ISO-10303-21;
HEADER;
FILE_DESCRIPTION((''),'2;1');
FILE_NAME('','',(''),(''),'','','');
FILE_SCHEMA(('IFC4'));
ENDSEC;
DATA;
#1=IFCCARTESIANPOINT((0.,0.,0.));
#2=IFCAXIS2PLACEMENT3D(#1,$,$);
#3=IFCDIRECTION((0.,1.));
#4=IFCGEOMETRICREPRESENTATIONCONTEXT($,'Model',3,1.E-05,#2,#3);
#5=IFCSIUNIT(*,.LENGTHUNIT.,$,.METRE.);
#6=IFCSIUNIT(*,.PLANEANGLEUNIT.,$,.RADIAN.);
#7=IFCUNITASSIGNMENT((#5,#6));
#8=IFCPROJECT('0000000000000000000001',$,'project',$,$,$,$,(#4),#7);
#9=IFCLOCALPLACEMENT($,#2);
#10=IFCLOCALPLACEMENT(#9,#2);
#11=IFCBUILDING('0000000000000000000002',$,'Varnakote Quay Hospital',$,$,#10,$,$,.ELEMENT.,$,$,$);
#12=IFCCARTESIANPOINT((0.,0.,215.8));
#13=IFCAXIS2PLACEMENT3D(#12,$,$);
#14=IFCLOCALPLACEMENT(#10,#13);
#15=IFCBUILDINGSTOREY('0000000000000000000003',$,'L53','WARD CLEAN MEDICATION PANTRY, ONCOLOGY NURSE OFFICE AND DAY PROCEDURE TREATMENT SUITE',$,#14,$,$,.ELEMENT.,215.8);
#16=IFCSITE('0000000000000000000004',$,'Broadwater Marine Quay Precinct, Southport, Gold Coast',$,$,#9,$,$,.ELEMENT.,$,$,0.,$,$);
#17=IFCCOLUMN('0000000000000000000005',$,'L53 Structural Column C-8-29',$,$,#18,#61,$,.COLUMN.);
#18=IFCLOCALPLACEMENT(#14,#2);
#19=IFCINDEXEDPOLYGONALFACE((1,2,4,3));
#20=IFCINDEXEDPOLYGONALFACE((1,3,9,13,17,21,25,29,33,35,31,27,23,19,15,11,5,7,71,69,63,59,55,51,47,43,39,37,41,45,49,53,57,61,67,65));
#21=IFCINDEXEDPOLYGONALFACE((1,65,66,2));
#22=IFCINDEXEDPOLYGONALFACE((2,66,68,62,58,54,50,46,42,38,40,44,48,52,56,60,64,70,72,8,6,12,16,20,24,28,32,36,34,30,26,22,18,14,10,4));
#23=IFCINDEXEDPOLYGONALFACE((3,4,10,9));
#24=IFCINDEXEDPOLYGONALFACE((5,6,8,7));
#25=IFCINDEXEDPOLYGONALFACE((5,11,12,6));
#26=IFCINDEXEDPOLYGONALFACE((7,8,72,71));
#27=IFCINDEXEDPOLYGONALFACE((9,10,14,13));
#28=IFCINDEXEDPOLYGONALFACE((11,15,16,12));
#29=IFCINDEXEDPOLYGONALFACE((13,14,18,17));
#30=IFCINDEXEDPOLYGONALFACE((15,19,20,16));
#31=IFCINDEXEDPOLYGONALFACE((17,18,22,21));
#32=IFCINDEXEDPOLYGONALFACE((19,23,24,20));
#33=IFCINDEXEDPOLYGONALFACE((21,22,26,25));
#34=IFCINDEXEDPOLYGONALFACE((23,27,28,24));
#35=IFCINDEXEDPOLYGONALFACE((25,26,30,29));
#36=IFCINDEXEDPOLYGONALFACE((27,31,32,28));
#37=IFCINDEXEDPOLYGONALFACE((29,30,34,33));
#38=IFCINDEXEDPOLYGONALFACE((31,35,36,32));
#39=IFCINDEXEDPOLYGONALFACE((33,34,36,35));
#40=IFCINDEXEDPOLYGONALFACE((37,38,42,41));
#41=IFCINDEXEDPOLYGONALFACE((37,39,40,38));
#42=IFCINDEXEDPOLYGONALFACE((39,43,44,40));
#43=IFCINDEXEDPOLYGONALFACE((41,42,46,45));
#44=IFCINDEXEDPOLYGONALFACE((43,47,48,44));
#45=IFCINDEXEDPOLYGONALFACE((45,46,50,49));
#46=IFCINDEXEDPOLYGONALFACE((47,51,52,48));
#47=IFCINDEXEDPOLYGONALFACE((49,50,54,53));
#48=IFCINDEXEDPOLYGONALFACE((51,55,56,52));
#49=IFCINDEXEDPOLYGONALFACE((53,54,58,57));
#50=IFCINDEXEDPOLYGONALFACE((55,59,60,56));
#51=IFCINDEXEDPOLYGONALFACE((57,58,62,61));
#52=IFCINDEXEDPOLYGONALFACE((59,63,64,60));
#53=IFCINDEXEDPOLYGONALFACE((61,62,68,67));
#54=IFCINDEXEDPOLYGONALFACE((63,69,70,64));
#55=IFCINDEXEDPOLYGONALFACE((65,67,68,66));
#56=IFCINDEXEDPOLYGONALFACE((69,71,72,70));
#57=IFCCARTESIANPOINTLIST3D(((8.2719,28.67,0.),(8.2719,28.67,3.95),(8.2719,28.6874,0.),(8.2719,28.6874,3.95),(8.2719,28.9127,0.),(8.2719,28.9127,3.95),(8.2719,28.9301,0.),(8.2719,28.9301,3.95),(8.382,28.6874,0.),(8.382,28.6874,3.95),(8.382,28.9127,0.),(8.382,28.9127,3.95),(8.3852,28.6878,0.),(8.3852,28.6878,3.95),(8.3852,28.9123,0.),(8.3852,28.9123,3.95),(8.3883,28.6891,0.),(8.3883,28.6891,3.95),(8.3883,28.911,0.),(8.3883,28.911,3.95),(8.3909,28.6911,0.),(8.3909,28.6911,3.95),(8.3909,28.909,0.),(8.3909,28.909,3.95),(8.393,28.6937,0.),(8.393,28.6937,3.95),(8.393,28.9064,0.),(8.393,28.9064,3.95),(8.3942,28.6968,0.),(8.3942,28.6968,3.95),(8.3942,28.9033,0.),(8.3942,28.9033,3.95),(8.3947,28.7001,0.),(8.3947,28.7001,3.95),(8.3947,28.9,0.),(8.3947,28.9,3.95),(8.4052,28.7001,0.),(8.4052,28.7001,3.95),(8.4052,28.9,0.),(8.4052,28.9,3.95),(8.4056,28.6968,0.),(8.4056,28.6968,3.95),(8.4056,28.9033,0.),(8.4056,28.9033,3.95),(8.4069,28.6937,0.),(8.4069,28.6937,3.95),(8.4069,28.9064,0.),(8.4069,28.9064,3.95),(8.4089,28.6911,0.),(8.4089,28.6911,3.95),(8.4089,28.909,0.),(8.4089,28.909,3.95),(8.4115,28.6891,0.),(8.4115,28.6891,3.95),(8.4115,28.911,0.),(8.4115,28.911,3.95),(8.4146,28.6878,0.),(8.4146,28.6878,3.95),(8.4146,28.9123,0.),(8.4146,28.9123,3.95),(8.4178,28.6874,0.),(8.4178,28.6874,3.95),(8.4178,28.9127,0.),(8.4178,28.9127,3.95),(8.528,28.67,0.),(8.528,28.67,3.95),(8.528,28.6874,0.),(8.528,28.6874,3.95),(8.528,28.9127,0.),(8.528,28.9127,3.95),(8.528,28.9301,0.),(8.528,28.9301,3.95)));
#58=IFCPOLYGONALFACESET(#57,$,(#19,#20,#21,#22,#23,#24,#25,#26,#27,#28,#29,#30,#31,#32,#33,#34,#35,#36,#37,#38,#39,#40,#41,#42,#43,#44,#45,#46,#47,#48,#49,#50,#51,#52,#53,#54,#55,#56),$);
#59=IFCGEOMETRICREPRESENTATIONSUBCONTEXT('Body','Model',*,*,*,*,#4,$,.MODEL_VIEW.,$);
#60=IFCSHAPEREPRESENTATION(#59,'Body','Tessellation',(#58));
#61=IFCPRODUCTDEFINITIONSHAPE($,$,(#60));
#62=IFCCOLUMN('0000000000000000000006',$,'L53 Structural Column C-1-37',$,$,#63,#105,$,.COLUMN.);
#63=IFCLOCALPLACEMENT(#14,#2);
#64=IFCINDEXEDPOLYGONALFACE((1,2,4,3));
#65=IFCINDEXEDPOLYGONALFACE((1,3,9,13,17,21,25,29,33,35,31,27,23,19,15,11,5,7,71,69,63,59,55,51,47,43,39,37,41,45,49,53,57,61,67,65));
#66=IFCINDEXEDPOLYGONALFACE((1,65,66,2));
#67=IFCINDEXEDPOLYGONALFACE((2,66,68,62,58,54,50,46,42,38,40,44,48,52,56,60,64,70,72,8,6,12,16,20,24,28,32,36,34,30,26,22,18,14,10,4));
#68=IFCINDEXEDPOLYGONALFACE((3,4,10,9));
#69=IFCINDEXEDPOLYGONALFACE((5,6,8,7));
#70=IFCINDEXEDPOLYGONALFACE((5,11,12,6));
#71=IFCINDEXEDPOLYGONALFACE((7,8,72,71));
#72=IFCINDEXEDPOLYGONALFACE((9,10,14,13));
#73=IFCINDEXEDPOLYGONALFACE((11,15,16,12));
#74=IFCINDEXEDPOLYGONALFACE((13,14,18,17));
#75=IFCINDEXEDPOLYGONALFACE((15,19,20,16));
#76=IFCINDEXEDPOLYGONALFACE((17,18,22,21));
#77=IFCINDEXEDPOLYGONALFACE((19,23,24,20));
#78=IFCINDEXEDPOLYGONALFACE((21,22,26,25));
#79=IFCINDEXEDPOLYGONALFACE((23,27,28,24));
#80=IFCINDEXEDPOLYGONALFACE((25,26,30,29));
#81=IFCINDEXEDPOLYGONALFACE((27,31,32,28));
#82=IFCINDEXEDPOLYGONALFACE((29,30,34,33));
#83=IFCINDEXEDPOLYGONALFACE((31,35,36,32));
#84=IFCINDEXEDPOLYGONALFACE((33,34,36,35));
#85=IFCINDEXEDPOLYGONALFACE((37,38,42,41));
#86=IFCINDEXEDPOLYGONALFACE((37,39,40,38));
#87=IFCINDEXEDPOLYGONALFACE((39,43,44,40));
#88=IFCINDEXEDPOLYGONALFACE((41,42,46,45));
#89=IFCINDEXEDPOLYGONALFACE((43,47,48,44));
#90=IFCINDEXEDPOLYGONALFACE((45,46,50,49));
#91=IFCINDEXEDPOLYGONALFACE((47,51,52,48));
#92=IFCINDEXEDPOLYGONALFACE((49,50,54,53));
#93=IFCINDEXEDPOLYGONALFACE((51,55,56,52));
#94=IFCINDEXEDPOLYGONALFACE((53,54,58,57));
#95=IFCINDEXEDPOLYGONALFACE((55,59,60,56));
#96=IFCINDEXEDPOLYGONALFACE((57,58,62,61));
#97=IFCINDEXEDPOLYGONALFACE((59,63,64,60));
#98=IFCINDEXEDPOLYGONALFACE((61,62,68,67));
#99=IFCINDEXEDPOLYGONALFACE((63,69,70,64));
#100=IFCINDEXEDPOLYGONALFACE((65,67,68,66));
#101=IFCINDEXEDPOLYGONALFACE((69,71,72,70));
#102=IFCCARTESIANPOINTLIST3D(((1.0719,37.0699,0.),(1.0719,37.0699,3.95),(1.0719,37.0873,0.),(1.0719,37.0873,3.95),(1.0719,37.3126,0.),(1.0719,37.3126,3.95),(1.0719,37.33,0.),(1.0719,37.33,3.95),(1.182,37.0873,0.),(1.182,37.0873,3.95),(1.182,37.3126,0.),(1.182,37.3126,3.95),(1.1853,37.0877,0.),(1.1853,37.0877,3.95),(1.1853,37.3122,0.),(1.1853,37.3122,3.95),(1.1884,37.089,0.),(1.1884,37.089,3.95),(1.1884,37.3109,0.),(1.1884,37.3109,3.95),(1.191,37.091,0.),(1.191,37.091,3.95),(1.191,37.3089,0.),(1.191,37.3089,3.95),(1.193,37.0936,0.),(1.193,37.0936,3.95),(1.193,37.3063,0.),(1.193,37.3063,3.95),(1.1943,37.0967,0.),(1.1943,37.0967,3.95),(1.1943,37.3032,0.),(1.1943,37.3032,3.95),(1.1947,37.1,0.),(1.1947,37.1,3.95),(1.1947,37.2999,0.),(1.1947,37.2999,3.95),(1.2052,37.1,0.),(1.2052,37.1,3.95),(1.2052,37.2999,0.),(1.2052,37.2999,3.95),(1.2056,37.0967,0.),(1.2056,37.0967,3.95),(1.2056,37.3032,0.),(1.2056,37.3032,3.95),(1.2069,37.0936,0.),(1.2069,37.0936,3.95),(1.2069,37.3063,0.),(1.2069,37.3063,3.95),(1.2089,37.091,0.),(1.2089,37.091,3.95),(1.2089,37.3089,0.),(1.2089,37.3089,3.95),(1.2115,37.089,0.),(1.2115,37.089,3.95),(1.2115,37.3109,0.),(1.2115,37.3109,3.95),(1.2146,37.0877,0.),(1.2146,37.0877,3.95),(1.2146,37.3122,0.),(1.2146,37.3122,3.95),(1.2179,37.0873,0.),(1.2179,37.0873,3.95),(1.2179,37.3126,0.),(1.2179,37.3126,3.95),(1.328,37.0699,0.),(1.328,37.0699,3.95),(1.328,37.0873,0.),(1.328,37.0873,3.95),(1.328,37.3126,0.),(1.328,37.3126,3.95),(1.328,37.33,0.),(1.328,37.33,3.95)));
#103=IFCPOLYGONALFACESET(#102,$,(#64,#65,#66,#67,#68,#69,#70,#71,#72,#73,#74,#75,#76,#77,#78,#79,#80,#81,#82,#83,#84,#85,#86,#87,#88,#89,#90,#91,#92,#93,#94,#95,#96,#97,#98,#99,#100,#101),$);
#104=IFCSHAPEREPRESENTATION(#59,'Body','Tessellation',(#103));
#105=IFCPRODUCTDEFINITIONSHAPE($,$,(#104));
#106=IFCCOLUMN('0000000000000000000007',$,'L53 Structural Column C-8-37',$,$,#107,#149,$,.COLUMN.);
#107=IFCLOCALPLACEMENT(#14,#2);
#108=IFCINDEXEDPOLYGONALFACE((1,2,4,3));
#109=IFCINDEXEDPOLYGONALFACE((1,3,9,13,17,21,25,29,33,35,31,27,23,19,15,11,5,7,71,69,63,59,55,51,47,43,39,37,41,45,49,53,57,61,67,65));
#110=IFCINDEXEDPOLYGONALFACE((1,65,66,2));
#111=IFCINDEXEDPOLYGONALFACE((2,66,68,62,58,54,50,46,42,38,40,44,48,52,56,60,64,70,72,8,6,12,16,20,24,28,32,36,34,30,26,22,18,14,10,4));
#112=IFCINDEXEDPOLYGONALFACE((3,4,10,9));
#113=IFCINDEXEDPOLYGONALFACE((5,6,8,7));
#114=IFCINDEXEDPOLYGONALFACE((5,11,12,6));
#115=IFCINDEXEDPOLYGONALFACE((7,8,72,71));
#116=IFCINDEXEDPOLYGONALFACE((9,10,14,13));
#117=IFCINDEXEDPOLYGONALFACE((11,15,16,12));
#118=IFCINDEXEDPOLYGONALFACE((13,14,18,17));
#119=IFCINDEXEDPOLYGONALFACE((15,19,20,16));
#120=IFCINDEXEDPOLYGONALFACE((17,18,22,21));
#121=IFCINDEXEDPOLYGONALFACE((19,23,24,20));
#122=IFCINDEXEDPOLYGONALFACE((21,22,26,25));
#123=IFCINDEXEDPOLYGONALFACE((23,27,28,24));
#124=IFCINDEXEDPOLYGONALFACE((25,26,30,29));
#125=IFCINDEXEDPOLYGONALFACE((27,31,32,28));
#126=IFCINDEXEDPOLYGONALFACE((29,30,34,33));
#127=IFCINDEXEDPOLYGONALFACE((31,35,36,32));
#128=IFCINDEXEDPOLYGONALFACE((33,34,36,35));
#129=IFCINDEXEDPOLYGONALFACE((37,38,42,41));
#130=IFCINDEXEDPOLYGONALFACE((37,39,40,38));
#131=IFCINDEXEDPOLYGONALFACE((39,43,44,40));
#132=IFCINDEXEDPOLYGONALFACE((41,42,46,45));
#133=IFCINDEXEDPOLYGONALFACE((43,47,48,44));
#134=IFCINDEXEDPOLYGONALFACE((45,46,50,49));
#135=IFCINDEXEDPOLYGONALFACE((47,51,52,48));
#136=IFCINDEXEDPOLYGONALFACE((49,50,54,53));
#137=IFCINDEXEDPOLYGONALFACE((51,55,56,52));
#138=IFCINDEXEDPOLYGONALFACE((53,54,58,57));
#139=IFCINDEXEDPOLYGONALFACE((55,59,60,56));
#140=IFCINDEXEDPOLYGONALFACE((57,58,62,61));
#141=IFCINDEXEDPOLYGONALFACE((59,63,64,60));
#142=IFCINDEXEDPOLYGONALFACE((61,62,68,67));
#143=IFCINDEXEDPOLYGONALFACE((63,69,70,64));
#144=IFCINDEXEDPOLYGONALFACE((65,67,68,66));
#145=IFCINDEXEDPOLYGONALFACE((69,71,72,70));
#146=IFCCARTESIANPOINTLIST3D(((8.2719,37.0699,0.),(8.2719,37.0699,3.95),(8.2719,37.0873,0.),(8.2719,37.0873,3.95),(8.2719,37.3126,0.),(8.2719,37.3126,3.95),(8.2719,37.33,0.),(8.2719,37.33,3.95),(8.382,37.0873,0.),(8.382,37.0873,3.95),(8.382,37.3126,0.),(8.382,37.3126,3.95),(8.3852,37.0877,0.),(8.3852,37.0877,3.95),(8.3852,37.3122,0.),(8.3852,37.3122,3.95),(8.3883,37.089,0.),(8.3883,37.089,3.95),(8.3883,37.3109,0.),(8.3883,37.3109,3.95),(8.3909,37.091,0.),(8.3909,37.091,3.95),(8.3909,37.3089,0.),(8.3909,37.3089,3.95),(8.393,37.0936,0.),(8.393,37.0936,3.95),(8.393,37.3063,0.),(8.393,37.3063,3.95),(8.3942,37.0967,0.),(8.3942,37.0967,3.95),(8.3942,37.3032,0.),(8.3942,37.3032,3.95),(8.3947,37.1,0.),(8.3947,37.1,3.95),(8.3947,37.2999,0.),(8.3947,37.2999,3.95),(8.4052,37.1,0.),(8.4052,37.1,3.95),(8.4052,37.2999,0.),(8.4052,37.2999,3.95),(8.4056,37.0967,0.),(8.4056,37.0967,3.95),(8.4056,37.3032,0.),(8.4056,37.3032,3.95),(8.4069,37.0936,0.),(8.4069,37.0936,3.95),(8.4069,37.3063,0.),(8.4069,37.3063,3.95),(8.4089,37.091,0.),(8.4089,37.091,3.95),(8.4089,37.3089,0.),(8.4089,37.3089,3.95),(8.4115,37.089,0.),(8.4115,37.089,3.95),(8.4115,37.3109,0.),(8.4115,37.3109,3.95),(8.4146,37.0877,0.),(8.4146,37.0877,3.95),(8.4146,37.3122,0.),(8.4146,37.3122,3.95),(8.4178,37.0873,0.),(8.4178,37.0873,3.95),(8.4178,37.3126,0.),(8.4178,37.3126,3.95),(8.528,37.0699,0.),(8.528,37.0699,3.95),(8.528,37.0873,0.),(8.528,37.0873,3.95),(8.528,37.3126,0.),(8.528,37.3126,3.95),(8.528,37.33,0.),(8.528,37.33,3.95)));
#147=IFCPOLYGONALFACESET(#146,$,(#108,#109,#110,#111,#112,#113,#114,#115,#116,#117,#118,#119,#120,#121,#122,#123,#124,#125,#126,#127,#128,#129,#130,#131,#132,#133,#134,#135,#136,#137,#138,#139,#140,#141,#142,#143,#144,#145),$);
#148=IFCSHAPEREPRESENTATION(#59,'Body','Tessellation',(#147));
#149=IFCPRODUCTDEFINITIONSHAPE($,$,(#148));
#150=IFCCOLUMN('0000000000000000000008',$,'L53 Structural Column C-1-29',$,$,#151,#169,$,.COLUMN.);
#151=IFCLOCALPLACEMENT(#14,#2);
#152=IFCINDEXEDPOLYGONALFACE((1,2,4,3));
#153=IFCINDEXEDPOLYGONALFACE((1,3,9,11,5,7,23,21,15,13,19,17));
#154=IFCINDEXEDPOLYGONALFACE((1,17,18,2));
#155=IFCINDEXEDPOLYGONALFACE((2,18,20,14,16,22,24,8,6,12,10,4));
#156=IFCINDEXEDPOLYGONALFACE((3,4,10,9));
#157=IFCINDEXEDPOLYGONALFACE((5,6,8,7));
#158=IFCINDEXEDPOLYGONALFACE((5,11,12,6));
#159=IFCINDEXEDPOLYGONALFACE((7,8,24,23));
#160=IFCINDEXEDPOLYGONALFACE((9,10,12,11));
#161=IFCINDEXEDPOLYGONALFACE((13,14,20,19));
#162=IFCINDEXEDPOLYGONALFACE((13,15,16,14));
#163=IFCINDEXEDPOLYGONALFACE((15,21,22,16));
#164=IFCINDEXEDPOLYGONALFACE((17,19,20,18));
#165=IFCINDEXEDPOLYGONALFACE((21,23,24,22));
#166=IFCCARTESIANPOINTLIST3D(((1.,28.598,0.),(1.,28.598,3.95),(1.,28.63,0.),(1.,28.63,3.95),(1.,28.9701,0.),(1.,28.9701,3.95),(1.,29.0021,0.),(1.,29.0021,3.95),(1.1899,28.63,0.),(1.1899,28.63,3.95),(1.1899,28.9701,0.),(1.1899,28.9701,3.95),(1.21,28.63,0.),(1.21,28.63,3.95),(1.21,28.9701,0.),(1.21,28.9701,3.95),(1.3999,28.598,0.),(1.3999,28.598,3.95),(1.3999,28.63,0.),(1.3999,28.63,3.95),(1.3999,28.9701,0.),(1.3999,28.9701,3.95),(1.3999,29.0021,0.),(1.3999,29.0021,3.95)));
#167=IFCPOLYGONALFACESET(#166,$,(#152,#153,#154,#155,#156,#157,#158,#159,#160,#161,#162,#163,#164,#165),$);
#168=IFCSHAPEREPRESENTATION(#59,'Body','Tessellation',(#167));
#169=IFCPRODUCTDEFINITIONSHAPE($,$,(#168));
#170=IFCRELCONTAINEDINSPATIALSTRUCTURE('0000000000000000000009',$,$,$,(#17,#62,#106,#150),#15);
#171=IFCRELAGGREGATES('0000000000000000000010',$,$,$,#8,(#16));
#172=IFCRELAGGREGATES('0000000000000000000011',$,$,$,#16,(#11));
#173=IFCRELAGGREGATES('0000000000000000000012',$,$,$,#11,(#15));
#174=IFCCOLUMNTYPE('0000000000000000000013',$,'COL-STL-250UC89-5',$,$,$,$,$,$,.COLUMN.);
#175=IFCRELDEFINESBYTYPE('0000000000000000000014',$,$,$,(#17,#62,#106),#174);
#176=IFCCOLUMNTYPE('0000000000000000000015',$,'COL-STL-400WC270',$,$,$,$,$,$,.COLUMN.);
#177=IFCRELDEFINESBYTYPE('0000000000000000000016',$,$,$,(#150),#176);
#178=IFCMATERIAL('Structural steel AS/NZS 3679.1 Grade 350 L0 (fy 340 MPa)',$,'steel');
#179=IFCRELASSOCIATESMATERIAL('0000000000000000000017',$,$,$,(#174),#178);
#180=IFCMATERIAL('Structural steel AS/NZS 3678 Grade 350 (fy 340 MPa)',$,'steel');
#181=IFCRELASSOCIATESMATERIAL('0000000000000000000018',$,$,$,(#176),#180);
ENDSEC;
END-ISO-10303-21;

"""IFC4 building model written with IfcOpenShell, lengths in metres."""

from ifc_helpers import new_model, si_unit, direction, frame, origin, origin_2d, place, context, subcontext, project, spatial, i_section, extrude, material, material_profile, profile_set, type_object, element, save


model = new_model("IFC4")

# Units and contexts
model_context = context("Model", 3, precision=1e-05, world=origin(), true_north=direction((0.0, 1.0)))
body_context = subcontext(model_context, "Body", "Model", "MODEL_VIEW")
ifc_project = project(units=[si_unit("LENGTHUNIT", "METRE"), si_unit("PLANEANGLEUNIT", "RADIAN")], contexts=[model_context])

# Site, building, storey
site_placement = place(None, origin())
site = spatial("IfcSite", under=ifc_project, at=site_placement, Name="Broadwater Marine Quay Precinct, Southport, Gold Coast", CompositionType="ELEMENT", RefElevation=0.0)
building_placement = place(site_placement, origin())
building = spatial("IfcBuilding", under=site, at=building_placement, Name="Varnakote Quay Hospital", CompositionType="ELEMENT")
storey_placement = place(building_placement, frame((0.0, 0.0, 215.8)))
storey = spatial("IfcBuildingStorey", under=building, at=storey_placement, Name="L53", Description="WARD CLEAN MEDICATION PANTRY, ONCOLOGY NURSE OFFICE AND DAY PROCEDURE TREATMENT SUITE", CompositionType="ELEMENT", Elevation=215.8)

# Columns
ifc_material_1 = material(Name="Structural steel AS/NZS 3679.1 Grade 350 L0 (fy 340 MPa)", Category="steel")
ifc_material_profile_1 = material_profile(ifc_material_1, i_section(OverallWidth=0.2561, OverallDepth=0.26, WebThickness=0.0105, FlangeThickness=0.0173, FilletRadius=0.0127, at=origin_2d()), Name="250UC89.5")
ifc_profile_set_1 = profile_set([ifc_material_profile_1], Name="Structural steel AS/NZS 3679.1 Grade 350 L0 (fy 340 MPa)")
column_type_1 = type_object("IfcColumnType", Name="COL-STL-250UC89-5", PredefinedType="COLUMN", material=ifc_profile_set_1)
for number, where, z_axis, x_axis, name in (
    (1, (8.3999, 28.8, 0.0), (0.0, 0.0, 1.0), (1.0, 0.0, 0.0), "L53 Structural Column C-8-29"),
    (2, (1.2, 37.2, 0.0), (0.0, 0.0, 1.0), (1.0, 0.0, 0.0), "L53 Structural Column C-1-37"),
    (3, (8.3999, 37.2, 0.0), (0.0, 0.0, 1.0), (1.0, 0.0, 0.0), "L53 Structural Column C-8-37"),
):
    element("IfcColumn", number, at=place(storey_placement, frame(where, z_axis=z_axis, x_axis=x_axis)), inside=storey, type_object=column_type_1, Name=name, PredefinedType="COLUMN", context=body_context, shape_type="SweptSolid", body=[
        extrude(i_section(OverallWidth=0.2561, OverallDepth=0.26, WebThickness=0.0105, FlangeThickness=0.0173, FilletRadius=0.0127, at=origin_2d()), origin(), (0.0, 0.0, 1.0), 3.95),
    ])
ifc_material_2 = material(Name="Structural steel AS/NZS 3678 Grade 350 (fy 340 MPa)", Category="steel")
ifc_material_profile_2 = material_profile(ifc_material_2, i_section(OverallWidth=0.3999, OverallDepth=0.4041, WebThickness=0.02, FlangeThickness=0.032, at=origin_2d()), Name="400WC270")
ifc_profile_set_2 = profile_set([ifc_material_profile_2], Name="Structural steel AS/NZS 3678 Grade 350 (fy 340 MPa)")
column_type_2 = type_object("IfcColumnType", Name="COL-STL-400WC270", PredefinedType="COLUMN", material=ifc_profile_set_2)
column_placement = place(storey_placement, frame((1.2, 28.8, 0.0), z_axis=(0.0, 0.0, 1.0), x_axis=(1.0, 0.0, 0.0)))
element("IfcColumn", 4, at=column_placement, inside=storey, type_object=column_type_2, Name="L53 Structural Column C-1-29", PredefinedType="COLUMN", context=body_context, shape_type="SweptSolid", body=[
    extrude(i_section(OverallWidth=0.3999, OverallDepth=0.4041, WebThickness=0.02, FlangeThickness=0.032, at=origin_2d()), origin(), (0.0, 0.0, 1.0), 3.95),
])

save(model, "model.ifc")
